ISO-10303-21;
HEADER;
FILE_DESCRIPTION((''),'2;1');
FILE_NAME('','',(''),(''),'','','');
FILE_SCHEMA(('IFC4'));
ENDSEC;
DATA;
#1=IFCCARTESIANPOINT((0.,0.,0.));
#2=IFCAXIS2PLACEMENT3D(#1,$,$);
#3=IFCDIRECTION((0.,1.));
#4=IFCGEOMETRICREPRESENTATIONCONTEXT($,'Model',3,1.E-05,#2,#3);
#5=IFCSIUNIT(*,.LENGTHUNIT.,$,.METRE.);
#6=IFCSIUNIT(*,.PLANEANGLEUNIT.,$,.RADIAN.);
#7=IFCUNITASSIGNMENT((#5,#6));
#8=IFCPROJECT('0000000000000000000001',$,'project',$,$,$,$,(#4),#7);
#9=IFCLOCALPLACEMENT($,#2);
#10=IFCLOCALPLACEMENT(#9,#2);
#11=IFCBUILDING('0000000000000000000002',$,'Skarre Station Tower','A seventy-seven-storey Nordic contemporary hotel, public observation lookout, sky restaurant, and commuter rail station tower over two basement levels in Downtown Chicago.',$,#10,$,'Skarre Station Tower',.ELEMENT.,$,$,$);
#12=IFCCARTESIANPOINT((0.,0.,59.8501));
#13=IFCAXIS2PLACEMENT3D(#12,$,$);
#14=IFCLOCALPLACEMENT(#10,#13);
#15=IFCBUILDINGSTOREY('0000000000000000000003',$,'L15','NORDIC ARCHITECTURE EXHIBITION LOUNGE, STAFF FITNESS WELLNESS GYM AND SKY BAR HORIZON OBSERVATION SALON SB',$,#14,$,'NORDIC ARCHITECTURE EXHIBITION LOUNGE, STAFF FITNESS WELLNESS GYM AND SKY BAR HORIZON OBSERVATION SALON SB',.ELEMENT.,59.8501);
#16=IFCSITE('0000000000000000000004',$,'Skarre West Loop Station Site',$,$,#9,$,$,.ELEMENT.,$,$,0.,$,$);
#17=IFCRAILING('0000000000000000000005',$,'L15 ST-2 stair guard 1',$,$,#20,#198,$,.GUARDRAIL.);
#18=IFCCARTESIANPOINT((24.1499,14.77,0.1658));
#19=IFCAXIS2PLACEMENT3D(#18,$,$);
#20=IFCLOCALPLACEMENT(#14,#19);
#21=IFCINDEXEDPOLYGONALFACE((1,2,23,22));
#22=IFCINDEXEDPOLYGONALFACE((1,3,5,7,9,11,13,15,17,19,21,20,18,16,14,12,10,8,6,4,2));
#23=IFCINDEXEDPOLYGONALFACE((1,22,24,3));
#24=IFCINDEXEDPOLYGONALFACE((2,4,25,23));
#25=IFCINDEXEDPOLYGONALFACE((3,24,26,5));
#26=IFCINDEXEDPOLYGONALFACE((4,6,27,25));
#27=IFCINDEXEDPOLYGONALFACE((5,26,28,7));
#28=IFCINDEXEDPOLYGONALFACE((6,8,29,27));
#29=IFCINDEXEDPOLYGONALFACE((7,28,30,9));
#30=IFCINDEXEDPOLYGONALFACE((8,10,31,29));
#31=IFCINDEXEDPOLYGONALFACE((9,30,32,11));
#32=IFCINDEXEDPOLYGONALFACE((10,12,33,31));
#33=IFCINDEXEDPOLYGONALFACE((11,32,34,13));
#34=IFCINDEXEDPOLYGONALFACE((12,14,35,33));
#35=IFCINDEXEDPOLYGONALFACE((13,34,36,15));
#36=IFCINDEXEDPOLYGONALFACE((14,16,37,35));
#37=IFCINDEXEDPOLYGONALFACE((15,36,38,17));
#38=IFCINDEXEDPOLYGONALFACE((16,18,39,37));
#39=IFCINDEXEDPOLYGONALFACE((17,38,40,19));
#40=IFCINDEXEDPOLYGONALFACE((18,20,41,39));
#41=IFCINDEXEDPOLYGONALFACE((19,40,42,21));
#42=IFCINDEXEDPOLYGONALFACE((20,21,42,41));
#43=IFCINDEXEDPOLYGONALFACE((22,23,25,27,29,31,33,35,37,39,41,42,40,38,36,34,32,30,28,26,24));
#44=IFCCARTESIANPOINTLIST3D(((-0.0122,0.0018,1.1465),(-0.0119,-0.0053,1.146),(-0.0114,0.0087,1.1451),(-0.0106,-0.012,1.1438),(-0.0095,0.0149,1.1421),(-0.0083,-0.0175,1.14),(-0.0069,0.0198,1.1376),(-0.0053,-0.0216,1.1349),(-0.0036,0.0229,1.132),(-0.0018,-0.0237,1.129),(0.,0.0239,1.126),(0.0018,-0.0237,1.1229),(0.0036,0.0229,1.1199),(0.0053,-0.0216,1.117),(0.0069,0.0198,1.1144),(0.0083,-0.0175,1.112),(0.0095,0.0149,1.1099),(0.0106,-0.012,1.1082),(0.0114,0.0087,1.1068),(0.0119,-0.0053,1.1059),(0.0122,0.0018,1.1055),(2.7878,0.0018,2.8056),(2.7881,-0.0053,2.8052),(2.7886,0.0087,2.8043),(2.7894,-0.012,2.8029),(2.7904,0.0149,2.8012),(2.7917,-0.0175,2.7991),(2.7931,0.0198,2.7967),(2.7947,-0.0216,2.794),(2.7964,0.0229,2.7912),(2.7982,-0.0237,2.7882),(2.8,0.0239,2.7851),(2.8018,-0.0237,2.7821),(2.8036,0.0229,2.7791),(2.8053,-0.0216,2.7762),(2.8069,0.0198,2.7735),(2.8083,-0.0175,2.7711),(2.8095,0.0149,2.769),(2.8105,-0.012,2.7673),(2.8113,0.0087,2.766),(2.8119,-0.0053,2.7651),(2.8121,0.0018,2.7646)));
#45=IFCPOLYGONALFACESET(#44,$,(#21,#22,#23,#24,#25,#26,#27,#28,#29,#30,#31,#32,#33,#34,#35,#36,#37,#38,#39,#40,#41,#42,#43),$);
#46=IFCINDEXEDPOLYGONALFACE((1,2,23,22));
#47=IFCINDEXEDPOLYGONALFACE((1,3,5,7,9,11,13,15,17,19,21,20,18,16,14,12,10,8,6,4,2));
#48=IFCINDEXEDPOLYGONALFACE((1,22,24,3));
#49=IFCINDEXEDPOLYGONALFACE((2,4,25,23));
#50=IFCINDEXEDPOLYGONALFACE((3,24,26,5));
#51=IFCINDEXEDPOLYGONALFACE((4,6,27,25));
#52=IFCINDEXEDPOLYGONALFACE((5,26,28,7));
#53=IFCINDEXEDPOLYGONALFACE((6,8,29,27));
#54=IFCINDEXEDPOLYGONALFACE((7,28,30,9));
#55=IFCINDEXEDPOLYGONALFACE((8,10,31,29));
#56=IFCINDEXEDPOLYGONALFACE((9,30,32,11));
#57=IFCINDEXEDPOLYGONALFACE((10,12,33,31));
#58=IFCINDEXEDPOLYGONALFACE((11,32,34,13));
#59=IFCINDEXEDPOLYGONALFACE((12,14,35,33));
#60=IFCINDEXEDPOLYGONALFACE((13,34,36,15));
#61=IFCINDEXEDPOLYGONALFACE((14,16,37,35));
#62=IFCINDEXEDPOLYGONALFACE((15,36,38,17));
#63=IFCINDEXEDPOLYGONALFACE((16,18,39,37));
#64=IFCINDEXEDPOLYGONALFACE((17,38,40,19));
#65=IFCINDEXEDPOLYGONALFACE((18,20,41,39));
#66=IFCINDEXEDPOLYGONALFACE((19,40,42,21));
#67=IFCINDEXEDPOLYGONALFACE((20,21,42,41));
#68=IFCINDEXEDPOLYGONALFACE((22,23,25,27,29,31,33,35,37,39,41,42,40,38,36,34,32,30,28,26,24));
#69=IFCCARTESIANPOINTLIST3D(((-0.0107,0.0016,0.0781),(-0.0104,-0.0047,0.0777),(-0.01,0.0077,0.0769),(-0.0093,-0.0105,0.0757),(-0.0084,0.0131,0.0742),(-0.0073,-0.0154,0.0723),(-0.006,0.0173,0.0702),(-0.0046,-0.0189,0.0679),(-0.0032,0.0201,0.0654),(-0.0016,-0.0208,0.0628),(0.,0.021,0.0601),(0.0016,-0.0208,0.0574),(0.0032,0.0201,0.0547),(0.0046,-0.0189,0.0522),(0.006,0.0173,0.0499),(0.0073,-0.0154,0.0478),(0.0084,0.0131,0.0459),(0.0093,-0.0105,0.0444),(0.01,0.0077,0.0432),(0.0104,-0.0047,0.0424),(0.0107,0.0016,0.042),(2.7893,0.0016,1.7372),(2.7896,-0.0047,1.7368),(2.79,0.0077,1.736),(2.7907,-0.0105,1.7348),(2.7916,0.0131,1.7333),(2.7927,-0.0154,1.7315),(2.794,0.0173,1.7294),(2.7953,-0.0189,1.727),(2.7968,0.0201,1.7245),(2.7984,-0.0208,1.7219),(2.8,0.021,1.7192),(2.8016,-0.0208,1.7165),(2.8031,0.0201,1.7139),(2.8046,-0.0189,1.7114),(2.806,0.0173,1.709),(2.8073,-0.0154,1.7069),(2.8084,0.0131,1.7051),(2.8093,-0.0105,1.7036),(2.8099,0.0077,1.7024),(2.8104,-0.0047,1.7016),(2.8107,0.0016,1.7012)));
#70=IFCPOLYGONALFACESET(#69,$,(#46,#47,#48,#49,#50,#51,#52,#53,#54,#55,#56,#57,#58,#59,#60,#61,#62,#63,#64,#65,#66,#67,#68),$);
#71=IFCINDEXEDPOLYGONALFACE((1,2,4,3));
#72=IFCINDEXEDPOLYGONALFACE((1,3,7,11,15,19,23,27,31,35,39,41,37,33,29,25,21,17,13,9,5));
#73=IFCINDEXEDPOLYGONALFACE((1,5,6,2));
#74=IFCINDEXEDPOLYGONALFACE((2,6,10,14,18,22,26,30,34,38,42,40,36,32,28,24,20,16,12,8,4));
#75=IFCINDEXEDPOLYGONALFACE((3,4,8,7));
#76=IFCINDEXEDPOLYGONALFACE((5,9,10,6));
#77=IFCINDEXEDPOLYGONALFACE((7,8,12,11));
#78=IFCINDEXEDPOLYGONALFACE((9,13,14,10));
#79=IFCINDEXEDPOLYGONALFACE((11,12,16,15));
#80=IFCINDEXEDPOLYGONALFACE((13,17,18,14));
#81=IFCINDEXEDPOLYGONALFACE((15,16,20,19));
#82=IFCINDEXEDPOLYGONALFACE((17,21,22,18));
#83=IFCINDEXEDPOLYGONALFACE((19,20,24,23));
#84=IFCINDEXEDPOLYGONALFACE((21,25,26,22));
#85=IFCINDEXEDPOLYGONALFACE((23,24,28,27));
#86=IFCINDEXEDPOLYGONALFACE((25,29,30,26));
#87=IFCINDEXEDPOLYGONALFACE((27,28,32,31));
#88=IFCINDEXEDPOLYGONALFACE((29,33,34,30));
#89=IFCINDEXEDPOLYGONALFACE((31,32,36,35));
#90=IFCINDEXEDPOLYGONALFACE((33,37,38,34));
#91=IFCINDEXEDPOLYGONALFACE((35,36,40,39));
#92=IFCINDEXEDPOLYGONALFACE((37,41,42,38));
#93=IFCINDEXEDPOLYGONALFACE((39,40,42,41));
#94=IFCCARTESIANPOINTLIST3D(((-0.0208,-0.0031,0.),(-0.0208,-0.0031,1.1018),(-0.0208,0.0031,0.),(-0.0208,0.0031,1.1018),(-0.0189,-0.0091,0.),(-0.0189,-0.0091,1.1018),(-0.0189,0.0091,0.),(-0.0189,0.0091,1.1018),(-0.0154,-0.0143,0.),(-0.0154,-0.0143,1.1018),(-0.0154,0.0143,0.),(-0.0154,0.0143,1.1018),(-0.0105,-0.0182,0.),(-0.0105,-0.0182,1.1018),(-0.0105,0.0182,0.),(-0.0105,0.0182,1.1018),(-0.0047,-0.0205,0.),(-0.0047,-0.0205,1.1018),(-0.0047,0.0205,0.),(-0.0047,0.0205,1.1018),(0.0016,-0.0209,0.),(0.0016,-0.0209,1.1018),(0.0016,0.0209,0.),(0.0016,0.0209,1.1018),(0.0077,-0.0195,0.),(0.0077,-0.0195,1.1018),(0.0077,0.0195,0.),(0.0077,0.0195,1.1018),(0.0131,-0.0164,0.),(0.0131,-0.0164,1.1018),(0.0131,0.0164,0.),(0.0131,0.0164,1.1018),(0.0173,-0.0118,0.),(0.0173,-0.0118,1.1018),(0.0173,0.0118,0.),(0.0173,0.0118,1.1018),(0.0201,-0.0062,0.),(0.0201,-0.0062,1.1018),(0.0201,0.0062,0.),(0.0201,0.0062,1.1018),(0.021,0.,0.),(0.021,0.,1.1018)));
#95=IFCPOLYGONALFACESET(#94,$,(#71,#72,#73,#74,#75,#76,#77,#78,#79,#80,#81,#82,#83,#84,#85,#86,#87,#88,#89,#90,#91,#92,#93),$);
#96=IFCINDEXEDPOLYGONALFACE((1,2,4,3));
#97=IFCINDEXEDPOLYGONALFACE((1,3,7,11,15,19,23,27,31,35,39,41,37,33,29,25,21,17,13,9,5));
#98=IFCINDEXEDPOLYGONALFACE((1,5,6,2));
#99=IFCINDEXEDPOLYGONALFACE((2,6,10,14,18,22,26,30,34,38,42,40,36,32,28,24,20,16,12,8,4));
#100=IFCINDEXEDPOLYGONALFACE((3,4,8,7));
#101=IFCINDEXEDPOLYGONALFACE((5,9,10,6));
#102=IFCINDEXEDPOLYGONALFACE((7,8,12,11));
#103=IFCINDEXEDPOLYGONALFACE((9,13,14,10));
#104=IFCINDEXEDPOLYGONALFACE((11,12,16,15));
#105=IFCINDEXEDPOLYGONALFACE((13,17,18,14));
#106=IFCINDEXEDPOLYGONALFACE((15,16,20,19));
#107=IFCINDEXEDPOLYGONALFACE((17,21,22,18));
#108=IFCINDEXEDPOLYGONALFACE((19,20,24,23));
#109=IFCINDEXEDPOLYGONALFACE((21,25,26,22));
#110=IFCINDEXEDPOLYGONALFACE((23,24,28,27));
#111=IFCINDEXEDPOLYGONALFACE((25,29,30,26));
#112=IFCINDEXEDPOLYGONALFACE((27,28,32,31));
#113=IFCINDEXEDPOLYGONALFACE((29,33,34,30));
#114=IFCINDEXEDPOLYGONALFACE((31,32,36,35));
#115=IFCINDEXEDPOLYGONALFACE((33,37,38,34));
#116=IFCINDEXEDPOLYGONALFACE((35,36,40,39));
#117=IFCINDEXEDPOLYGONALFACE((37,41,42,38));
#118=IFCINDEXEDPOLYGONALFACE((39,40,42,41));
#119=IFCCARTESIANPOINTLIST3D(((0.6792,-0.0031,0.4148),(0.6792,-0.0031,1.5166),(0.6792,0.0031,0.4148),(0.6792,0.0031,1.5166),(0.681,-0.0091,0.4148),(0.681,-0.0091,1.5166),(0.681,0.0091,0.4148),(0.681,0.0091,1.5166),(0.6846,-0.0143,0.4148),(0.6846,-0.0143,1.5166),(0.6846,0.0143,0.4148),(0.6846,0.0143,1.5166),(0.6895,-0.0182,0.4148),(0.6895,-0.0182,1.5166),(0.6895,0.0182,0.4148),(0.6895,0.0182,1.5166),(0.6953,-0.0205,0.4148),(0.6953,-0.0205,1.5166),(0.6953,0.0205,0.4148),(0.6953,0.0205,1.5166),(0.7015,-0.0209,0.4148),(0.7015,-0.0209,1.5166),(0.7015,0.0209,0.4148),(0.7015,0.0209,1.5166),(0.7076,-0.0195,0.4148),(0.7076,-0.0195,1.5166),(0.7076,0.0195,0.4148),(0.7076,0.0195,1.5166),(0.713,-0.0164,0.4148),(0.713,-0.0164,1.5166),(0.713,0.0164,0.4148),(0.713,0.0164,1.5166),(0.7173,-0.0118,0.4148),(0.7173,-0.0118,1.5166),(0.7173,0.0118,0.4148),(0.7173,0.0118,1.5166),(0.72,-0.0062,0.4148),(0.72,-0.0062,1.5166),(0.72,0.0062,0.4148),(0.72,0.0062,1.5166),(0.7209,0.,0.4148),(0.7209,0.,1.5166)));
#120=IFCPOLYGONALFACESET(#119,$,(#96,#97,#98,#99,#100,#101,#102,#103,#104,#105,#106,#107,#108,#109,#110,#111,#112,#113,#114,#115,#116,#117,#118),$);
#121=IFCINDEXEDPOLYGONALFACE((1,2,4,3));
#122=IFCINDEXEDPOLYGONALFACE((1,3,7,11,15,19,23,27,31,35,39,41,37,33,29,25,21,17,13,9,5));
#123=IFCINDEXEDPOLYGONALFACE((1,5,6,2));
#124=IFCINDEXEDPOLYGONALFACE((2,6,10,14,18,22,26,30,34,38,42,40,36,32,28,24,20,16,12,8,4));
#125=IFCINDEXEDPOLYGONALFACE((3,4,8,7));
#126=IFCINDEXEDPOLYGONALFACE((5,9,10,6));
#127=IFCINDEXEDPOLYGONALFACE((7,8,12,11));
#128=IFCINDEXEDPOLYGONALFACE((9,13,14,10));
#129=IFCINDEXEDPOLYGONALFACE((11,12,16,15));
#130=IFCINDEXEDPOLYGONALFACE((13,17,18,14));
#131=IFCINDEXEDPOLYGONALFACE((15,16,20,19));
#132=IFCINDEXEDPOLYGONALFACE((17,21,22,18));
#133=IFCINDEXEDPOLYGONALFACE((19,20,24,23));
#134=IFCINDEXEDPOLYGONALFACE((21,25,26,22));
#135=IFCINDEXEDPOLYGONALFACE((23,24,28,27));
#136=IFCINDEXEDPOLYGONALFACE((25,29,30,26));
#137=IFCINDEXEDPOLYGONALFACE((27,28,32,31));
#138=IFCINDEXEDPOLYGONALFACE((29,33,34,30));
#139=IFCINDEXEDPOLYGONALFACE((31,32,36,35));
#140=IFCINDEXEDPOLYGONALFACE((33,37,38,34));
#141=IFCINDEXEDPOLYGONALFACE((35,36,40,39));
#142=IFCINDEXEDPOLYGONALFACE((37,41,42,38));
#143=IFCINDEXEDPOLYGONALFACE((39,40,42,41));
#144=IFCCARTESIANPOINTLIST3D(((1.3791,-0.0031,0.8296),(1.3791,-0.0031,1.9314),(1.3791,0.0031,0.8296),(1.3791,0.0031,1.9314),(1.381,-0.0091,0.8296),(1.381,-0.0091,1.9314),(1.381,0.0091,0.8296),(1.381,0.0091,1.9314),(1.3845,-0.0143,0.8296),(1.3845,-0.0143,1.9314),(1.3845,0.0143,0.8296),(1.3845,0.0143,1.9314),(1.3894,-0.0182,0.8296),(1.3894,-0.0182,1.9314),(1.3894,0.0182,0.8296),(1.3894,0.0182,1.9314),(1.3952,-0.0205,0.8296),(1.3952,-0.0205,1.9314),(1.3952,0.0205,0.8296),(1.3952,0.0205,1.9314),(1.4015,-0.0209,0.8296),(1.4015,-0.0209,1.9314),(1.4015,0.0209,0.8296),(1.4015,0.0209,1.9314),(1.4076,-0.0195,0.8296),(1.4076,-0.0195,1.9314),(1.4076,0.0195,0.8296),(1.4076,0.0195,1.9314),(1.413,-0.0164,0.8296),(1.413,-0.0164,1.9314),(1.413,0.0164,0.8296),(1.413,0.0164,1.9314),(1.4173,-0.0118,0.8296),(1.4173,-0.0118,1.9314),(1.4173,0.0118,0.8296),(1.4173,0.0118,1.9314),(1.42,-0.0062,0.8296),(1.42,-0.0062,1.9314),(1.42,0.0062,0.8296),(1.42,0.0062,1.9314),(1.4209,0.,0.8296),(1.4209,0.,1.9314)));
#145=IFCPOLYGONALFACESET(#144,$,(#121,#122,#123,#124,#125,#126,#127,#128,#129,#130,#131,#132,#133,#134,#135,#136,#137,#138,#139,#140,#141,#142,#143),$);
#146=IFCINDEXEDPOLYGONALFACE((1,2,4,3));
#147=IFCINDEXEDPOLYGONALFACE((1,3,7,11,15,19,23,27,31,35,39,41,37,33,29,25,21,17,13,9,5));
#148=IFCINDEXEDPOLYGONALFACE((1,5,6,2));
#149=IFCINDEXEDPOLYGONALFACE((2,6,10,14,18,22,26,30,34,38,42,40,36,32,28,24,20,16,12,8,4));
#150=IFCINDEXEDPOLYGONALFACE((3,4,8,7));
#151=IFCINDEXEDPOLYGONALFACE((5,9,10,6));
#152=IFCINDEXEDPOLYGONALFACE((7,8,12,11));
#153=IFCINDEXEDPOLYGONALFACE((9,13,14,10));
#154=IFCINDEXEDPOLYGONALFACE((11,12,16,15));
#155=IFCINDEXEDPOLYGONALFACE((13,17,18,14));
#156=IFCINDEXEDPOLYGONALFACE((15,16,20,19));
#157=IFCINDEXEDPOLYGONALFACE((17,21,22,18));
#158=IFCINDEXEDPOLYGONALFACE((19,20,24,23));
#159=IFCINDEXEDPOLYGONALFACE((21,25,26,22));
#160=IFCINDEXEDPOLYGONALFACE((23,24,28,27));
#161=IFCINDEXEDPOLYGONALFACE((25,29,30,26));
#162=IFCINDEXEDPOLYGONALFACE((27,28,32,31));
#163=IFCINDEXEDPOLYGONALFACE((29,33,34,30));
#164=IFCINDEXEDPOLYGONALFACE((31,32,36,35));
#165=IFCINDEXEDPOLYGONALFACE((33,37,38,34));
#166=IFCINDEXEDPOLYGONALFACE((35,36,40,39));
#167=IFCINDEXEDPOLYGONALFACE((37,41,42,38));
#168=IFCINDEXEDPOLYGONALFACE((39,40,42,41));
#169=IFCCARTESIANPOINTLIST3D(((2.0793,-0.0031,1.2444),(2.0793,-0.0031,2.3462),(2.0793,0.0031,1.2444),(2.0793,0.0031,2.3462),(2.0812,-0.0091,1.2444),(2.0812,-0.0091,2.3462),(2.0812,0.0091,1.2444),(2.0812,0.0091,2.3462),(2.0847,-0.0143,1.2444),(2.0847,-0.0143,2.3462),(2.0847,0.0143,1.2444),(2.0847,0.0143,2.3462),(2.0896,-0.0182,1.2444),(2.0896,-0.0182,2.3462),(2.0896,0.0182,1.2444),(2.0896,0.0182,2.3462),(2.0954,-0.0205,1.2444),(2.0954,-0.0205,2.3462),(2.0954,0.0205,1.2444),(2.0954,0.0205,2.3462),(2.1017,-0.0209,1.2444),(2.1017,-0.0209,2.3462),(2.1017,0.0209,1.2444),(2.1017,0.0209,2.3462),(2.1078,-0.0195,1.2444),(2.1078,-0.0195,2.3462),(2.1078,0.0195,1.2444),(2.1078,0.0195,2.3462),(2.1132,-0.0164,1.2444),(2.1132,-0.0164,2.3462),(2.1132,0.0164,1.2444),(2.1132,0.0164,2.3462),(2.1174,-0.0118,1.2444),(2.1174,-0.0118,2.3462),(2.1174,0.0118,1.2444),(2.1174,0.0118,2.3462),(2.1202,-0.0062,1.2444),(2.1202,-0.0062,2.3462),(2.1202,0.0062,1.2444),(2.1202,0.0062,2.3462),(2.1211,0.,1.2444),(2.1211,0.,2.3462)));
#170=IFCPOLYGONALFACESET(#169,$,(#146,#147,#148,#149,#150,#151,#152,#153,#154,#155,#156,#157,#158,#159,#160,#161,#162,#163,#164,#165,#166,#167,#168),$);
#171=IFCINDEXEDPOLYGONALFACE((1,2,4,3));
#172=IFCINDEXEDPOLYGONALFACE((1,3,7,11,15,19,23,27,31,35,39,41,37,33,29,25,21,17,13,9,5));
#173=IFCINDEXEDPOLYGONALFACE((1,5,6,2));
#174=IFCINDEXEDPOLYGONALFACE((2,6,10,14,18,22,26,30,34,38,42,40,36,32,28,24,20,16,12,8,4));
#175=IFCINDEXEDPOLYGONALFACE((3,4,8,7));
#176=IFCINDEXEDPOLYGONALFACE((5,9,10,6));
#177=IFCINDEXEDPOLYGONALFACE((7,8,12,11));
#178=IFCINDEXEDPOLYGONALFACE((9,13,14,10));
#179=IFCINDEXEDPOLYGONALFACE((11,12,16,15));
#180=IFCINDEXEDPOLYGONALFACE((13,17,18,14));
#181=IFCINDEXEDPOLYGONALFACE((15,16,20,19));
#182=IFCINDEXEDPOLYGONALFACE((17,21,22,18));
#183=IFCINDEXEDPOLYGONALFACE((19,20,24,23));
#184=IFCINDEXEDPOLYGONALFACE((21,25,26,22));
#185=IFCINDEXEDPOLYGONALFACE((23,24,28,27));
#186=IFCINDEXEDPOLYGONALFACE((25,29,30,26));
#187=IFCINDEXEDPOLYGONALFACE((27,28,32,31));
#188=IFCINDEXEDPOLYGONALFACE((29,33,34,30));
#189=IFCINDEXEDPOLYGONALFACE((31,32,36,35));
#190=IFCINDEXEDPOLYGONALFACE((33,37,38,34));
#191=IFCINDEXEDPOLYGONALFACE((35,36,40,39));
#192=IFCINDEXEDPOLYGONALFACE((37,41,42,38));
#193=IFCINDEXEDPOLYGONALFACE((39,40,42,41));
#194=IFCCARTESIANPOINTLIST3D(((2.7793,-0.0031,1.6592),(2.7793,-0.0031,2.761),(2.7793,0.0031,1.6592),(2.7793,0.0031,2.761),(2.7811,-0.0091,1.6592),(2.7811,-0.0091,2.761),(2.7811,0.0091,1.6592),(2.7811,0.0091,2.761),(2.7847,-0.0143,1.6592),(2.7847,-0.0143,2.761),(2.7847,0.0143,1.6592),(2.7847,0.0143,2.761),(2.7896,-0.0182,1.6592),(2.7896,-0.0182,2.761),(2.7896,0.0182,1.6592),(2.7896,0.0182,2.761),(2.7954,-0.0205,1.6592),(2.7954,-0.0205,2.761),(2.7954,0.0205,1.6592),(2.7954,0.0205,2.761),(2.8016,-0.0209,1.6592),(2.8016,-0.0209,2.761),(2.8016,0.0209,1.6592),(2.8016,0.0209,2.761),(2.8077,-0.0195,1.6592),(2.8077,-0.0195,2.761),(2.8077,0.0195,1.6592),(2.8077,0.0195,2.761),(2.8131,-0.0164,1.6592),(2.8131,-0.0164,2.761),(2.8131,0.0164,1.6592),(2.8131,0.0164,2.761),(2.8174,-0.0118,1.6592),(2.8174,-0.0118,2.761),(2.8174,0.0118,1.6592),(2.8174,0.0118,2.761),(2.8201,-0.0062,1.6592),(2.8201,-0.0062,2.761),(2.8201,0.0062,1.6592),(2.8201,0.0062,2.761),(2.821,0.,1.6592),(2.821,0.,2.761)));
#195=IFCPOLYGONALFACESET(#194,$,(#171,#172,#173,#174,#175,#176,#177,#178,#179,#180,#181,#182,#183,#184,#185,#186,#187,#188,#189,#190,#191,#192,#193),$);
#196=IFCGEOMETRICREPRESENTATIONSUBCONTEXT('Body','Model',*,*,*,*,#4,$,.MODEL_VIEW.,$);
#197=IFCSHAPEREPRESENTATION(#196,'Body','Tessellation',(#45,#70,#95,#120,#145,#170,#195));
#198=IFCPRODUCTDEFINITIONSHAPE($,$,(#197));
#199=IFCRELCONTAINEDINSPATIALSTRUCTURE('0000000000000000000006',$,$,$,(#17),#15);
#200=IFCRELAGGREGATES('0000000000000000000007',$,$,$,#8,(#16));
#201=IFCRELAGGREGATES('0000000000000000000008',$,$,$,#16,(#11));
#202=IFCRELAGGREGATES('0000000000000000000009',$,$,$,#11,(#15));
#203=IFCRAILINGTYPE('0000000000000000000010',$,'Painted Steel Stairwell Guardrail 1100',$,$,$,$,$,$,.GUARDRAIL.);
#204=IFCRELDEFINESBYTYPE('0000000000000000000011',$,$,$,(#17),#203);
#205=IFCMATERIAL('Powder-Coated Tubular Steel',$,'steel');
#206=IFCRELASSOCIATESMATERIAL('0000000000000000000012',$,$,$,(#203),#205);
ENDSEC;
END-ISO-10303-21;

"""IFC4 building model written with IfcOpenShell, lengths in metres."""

from ifc_helpers import new_model, si_unit, direction, frame, origin, origin_2d, place, context, subcontext, project, spatial, circle, extrude, material, type_object, element, save


model = new_model("IFC4")

# Units and contexts
model_context = context("Model", 3, precision=1e-05, world=origin(), true_north=direction((0.0, 1.0)))
body_context = subcontext(model_context, "Body", "Model", "MODEL_VIEW")
ifc_project = project(units=[si_unit("LENGTHUNIT", "METRE"), si_unit("PLANEANGLEUNIT", "RADIAN")], contexts=[model_context])

# Site, building, storey
site_placement = place(None, origin())
site = spatial("IfcSite", under=ifc_project, at=site_placement, Name="Skarre West Loop Station Site", CompositionType="ELEMENT", RefElevation=0.0)
building_placement = place(site_placement, origin())
building = spatial("IfcBuilding", under=site, at=building_placement, Name="Skarre Station Tower", Description="A seventy-seven-storey Nordic contemporary hotel, public observation lookout, sky restaurant, and commuter rail station tower over two basement levels in Downtown Chicago.", LongName="Skarre Station Tower", CompositionType="ELEMENT")
storey_placement = place(building_placement, frame((0.0, 0.0, 59.8501)))
storey = spatial("IfcBuildingStorey", under=building, at=storey_placement, Name="L15", Description="NORDIC ARCHITECTURE EXHIBITION LOUNGE, STAFF FITNESS WELLNESS GYM AND SKY BAR HORIZON OBSERVATION SALON SB", LongName="NORDIC ARCHITECTURE EXHIBITION LOUNGE, STAFF FITNESS WELLNESS GYM AND SKY BAR HORIZON OBSERVATION SALON SB", CompositionType="ELEMENT", Elevation=59.8501)

# Railing
ifc_material_1 = material(Name="Powder-Coated Tubular Steel", Category="steel")
railing_type_1 = type_object("IfcRailingType", Name="Painted Steel Stairwell Guardrail 1100", PredefinedType="GUARDRAIL", material=ifc_material_1)
railing_1_placement = place(storey_placement, frame((24.1499, 14.77, 0.1658)))
element("IfcRailing", 1, at=railing_1_placement, inside=storey, type_object=railing_type_1, Name="L15 ST-2 stair guard 1", PredefinedType="GUARDRAIL", context=body_context, shape_type="SweptSolid", body=[
    extrude(circle(Radius=0.0239, at=origin_2d()), frame((0.0, 0.0, 1.126), z_axis=(0.860306, 0.0, 0.509778), x_axis=(0.0, 1.0, 0.0)), (0.0, 0.0, 1.0), 3.2546),
    extrude(circle(Radius=0.021, at=origin_2d()), frame((0.0, 0.0, 0.0601), z_axis=(0.860306, 0.0, 0.509778), x_axis=(0.0, 1.0, 0.0)), (0.0, 0.0, 1.0), 3.2546),
    extrude(circle(Radius=0.021, at=origin_2d()), origin(), (0.0, 0.0, 1.0), 1.1018),
    extrude(circle(Radius=0.021, at=origin_2d()), frame((0.7, 0.0, 0.4148)), (0.0, 0.0, 1.0), 1.1018),
    extrude(circle(Radius=0.021, at=origin_2d()), frame((1.3999, 0.0, 0.8296)), (0.0, 0.0, 1.0), 1.1018),
    extrude(circle(Radius=0.021, at=origin_2d()), frame((2.1001, 0.0, 1.2444)), (0.0, 0.0, 1.0), 1.1018),
    extrude(circle(Radius=0.021, at=origin_2d()), frame((2.8, 0.0, 1.6592)), (0.0, 0.0, 1.0), 1.1018),
])

save(model, "model.ifc")
